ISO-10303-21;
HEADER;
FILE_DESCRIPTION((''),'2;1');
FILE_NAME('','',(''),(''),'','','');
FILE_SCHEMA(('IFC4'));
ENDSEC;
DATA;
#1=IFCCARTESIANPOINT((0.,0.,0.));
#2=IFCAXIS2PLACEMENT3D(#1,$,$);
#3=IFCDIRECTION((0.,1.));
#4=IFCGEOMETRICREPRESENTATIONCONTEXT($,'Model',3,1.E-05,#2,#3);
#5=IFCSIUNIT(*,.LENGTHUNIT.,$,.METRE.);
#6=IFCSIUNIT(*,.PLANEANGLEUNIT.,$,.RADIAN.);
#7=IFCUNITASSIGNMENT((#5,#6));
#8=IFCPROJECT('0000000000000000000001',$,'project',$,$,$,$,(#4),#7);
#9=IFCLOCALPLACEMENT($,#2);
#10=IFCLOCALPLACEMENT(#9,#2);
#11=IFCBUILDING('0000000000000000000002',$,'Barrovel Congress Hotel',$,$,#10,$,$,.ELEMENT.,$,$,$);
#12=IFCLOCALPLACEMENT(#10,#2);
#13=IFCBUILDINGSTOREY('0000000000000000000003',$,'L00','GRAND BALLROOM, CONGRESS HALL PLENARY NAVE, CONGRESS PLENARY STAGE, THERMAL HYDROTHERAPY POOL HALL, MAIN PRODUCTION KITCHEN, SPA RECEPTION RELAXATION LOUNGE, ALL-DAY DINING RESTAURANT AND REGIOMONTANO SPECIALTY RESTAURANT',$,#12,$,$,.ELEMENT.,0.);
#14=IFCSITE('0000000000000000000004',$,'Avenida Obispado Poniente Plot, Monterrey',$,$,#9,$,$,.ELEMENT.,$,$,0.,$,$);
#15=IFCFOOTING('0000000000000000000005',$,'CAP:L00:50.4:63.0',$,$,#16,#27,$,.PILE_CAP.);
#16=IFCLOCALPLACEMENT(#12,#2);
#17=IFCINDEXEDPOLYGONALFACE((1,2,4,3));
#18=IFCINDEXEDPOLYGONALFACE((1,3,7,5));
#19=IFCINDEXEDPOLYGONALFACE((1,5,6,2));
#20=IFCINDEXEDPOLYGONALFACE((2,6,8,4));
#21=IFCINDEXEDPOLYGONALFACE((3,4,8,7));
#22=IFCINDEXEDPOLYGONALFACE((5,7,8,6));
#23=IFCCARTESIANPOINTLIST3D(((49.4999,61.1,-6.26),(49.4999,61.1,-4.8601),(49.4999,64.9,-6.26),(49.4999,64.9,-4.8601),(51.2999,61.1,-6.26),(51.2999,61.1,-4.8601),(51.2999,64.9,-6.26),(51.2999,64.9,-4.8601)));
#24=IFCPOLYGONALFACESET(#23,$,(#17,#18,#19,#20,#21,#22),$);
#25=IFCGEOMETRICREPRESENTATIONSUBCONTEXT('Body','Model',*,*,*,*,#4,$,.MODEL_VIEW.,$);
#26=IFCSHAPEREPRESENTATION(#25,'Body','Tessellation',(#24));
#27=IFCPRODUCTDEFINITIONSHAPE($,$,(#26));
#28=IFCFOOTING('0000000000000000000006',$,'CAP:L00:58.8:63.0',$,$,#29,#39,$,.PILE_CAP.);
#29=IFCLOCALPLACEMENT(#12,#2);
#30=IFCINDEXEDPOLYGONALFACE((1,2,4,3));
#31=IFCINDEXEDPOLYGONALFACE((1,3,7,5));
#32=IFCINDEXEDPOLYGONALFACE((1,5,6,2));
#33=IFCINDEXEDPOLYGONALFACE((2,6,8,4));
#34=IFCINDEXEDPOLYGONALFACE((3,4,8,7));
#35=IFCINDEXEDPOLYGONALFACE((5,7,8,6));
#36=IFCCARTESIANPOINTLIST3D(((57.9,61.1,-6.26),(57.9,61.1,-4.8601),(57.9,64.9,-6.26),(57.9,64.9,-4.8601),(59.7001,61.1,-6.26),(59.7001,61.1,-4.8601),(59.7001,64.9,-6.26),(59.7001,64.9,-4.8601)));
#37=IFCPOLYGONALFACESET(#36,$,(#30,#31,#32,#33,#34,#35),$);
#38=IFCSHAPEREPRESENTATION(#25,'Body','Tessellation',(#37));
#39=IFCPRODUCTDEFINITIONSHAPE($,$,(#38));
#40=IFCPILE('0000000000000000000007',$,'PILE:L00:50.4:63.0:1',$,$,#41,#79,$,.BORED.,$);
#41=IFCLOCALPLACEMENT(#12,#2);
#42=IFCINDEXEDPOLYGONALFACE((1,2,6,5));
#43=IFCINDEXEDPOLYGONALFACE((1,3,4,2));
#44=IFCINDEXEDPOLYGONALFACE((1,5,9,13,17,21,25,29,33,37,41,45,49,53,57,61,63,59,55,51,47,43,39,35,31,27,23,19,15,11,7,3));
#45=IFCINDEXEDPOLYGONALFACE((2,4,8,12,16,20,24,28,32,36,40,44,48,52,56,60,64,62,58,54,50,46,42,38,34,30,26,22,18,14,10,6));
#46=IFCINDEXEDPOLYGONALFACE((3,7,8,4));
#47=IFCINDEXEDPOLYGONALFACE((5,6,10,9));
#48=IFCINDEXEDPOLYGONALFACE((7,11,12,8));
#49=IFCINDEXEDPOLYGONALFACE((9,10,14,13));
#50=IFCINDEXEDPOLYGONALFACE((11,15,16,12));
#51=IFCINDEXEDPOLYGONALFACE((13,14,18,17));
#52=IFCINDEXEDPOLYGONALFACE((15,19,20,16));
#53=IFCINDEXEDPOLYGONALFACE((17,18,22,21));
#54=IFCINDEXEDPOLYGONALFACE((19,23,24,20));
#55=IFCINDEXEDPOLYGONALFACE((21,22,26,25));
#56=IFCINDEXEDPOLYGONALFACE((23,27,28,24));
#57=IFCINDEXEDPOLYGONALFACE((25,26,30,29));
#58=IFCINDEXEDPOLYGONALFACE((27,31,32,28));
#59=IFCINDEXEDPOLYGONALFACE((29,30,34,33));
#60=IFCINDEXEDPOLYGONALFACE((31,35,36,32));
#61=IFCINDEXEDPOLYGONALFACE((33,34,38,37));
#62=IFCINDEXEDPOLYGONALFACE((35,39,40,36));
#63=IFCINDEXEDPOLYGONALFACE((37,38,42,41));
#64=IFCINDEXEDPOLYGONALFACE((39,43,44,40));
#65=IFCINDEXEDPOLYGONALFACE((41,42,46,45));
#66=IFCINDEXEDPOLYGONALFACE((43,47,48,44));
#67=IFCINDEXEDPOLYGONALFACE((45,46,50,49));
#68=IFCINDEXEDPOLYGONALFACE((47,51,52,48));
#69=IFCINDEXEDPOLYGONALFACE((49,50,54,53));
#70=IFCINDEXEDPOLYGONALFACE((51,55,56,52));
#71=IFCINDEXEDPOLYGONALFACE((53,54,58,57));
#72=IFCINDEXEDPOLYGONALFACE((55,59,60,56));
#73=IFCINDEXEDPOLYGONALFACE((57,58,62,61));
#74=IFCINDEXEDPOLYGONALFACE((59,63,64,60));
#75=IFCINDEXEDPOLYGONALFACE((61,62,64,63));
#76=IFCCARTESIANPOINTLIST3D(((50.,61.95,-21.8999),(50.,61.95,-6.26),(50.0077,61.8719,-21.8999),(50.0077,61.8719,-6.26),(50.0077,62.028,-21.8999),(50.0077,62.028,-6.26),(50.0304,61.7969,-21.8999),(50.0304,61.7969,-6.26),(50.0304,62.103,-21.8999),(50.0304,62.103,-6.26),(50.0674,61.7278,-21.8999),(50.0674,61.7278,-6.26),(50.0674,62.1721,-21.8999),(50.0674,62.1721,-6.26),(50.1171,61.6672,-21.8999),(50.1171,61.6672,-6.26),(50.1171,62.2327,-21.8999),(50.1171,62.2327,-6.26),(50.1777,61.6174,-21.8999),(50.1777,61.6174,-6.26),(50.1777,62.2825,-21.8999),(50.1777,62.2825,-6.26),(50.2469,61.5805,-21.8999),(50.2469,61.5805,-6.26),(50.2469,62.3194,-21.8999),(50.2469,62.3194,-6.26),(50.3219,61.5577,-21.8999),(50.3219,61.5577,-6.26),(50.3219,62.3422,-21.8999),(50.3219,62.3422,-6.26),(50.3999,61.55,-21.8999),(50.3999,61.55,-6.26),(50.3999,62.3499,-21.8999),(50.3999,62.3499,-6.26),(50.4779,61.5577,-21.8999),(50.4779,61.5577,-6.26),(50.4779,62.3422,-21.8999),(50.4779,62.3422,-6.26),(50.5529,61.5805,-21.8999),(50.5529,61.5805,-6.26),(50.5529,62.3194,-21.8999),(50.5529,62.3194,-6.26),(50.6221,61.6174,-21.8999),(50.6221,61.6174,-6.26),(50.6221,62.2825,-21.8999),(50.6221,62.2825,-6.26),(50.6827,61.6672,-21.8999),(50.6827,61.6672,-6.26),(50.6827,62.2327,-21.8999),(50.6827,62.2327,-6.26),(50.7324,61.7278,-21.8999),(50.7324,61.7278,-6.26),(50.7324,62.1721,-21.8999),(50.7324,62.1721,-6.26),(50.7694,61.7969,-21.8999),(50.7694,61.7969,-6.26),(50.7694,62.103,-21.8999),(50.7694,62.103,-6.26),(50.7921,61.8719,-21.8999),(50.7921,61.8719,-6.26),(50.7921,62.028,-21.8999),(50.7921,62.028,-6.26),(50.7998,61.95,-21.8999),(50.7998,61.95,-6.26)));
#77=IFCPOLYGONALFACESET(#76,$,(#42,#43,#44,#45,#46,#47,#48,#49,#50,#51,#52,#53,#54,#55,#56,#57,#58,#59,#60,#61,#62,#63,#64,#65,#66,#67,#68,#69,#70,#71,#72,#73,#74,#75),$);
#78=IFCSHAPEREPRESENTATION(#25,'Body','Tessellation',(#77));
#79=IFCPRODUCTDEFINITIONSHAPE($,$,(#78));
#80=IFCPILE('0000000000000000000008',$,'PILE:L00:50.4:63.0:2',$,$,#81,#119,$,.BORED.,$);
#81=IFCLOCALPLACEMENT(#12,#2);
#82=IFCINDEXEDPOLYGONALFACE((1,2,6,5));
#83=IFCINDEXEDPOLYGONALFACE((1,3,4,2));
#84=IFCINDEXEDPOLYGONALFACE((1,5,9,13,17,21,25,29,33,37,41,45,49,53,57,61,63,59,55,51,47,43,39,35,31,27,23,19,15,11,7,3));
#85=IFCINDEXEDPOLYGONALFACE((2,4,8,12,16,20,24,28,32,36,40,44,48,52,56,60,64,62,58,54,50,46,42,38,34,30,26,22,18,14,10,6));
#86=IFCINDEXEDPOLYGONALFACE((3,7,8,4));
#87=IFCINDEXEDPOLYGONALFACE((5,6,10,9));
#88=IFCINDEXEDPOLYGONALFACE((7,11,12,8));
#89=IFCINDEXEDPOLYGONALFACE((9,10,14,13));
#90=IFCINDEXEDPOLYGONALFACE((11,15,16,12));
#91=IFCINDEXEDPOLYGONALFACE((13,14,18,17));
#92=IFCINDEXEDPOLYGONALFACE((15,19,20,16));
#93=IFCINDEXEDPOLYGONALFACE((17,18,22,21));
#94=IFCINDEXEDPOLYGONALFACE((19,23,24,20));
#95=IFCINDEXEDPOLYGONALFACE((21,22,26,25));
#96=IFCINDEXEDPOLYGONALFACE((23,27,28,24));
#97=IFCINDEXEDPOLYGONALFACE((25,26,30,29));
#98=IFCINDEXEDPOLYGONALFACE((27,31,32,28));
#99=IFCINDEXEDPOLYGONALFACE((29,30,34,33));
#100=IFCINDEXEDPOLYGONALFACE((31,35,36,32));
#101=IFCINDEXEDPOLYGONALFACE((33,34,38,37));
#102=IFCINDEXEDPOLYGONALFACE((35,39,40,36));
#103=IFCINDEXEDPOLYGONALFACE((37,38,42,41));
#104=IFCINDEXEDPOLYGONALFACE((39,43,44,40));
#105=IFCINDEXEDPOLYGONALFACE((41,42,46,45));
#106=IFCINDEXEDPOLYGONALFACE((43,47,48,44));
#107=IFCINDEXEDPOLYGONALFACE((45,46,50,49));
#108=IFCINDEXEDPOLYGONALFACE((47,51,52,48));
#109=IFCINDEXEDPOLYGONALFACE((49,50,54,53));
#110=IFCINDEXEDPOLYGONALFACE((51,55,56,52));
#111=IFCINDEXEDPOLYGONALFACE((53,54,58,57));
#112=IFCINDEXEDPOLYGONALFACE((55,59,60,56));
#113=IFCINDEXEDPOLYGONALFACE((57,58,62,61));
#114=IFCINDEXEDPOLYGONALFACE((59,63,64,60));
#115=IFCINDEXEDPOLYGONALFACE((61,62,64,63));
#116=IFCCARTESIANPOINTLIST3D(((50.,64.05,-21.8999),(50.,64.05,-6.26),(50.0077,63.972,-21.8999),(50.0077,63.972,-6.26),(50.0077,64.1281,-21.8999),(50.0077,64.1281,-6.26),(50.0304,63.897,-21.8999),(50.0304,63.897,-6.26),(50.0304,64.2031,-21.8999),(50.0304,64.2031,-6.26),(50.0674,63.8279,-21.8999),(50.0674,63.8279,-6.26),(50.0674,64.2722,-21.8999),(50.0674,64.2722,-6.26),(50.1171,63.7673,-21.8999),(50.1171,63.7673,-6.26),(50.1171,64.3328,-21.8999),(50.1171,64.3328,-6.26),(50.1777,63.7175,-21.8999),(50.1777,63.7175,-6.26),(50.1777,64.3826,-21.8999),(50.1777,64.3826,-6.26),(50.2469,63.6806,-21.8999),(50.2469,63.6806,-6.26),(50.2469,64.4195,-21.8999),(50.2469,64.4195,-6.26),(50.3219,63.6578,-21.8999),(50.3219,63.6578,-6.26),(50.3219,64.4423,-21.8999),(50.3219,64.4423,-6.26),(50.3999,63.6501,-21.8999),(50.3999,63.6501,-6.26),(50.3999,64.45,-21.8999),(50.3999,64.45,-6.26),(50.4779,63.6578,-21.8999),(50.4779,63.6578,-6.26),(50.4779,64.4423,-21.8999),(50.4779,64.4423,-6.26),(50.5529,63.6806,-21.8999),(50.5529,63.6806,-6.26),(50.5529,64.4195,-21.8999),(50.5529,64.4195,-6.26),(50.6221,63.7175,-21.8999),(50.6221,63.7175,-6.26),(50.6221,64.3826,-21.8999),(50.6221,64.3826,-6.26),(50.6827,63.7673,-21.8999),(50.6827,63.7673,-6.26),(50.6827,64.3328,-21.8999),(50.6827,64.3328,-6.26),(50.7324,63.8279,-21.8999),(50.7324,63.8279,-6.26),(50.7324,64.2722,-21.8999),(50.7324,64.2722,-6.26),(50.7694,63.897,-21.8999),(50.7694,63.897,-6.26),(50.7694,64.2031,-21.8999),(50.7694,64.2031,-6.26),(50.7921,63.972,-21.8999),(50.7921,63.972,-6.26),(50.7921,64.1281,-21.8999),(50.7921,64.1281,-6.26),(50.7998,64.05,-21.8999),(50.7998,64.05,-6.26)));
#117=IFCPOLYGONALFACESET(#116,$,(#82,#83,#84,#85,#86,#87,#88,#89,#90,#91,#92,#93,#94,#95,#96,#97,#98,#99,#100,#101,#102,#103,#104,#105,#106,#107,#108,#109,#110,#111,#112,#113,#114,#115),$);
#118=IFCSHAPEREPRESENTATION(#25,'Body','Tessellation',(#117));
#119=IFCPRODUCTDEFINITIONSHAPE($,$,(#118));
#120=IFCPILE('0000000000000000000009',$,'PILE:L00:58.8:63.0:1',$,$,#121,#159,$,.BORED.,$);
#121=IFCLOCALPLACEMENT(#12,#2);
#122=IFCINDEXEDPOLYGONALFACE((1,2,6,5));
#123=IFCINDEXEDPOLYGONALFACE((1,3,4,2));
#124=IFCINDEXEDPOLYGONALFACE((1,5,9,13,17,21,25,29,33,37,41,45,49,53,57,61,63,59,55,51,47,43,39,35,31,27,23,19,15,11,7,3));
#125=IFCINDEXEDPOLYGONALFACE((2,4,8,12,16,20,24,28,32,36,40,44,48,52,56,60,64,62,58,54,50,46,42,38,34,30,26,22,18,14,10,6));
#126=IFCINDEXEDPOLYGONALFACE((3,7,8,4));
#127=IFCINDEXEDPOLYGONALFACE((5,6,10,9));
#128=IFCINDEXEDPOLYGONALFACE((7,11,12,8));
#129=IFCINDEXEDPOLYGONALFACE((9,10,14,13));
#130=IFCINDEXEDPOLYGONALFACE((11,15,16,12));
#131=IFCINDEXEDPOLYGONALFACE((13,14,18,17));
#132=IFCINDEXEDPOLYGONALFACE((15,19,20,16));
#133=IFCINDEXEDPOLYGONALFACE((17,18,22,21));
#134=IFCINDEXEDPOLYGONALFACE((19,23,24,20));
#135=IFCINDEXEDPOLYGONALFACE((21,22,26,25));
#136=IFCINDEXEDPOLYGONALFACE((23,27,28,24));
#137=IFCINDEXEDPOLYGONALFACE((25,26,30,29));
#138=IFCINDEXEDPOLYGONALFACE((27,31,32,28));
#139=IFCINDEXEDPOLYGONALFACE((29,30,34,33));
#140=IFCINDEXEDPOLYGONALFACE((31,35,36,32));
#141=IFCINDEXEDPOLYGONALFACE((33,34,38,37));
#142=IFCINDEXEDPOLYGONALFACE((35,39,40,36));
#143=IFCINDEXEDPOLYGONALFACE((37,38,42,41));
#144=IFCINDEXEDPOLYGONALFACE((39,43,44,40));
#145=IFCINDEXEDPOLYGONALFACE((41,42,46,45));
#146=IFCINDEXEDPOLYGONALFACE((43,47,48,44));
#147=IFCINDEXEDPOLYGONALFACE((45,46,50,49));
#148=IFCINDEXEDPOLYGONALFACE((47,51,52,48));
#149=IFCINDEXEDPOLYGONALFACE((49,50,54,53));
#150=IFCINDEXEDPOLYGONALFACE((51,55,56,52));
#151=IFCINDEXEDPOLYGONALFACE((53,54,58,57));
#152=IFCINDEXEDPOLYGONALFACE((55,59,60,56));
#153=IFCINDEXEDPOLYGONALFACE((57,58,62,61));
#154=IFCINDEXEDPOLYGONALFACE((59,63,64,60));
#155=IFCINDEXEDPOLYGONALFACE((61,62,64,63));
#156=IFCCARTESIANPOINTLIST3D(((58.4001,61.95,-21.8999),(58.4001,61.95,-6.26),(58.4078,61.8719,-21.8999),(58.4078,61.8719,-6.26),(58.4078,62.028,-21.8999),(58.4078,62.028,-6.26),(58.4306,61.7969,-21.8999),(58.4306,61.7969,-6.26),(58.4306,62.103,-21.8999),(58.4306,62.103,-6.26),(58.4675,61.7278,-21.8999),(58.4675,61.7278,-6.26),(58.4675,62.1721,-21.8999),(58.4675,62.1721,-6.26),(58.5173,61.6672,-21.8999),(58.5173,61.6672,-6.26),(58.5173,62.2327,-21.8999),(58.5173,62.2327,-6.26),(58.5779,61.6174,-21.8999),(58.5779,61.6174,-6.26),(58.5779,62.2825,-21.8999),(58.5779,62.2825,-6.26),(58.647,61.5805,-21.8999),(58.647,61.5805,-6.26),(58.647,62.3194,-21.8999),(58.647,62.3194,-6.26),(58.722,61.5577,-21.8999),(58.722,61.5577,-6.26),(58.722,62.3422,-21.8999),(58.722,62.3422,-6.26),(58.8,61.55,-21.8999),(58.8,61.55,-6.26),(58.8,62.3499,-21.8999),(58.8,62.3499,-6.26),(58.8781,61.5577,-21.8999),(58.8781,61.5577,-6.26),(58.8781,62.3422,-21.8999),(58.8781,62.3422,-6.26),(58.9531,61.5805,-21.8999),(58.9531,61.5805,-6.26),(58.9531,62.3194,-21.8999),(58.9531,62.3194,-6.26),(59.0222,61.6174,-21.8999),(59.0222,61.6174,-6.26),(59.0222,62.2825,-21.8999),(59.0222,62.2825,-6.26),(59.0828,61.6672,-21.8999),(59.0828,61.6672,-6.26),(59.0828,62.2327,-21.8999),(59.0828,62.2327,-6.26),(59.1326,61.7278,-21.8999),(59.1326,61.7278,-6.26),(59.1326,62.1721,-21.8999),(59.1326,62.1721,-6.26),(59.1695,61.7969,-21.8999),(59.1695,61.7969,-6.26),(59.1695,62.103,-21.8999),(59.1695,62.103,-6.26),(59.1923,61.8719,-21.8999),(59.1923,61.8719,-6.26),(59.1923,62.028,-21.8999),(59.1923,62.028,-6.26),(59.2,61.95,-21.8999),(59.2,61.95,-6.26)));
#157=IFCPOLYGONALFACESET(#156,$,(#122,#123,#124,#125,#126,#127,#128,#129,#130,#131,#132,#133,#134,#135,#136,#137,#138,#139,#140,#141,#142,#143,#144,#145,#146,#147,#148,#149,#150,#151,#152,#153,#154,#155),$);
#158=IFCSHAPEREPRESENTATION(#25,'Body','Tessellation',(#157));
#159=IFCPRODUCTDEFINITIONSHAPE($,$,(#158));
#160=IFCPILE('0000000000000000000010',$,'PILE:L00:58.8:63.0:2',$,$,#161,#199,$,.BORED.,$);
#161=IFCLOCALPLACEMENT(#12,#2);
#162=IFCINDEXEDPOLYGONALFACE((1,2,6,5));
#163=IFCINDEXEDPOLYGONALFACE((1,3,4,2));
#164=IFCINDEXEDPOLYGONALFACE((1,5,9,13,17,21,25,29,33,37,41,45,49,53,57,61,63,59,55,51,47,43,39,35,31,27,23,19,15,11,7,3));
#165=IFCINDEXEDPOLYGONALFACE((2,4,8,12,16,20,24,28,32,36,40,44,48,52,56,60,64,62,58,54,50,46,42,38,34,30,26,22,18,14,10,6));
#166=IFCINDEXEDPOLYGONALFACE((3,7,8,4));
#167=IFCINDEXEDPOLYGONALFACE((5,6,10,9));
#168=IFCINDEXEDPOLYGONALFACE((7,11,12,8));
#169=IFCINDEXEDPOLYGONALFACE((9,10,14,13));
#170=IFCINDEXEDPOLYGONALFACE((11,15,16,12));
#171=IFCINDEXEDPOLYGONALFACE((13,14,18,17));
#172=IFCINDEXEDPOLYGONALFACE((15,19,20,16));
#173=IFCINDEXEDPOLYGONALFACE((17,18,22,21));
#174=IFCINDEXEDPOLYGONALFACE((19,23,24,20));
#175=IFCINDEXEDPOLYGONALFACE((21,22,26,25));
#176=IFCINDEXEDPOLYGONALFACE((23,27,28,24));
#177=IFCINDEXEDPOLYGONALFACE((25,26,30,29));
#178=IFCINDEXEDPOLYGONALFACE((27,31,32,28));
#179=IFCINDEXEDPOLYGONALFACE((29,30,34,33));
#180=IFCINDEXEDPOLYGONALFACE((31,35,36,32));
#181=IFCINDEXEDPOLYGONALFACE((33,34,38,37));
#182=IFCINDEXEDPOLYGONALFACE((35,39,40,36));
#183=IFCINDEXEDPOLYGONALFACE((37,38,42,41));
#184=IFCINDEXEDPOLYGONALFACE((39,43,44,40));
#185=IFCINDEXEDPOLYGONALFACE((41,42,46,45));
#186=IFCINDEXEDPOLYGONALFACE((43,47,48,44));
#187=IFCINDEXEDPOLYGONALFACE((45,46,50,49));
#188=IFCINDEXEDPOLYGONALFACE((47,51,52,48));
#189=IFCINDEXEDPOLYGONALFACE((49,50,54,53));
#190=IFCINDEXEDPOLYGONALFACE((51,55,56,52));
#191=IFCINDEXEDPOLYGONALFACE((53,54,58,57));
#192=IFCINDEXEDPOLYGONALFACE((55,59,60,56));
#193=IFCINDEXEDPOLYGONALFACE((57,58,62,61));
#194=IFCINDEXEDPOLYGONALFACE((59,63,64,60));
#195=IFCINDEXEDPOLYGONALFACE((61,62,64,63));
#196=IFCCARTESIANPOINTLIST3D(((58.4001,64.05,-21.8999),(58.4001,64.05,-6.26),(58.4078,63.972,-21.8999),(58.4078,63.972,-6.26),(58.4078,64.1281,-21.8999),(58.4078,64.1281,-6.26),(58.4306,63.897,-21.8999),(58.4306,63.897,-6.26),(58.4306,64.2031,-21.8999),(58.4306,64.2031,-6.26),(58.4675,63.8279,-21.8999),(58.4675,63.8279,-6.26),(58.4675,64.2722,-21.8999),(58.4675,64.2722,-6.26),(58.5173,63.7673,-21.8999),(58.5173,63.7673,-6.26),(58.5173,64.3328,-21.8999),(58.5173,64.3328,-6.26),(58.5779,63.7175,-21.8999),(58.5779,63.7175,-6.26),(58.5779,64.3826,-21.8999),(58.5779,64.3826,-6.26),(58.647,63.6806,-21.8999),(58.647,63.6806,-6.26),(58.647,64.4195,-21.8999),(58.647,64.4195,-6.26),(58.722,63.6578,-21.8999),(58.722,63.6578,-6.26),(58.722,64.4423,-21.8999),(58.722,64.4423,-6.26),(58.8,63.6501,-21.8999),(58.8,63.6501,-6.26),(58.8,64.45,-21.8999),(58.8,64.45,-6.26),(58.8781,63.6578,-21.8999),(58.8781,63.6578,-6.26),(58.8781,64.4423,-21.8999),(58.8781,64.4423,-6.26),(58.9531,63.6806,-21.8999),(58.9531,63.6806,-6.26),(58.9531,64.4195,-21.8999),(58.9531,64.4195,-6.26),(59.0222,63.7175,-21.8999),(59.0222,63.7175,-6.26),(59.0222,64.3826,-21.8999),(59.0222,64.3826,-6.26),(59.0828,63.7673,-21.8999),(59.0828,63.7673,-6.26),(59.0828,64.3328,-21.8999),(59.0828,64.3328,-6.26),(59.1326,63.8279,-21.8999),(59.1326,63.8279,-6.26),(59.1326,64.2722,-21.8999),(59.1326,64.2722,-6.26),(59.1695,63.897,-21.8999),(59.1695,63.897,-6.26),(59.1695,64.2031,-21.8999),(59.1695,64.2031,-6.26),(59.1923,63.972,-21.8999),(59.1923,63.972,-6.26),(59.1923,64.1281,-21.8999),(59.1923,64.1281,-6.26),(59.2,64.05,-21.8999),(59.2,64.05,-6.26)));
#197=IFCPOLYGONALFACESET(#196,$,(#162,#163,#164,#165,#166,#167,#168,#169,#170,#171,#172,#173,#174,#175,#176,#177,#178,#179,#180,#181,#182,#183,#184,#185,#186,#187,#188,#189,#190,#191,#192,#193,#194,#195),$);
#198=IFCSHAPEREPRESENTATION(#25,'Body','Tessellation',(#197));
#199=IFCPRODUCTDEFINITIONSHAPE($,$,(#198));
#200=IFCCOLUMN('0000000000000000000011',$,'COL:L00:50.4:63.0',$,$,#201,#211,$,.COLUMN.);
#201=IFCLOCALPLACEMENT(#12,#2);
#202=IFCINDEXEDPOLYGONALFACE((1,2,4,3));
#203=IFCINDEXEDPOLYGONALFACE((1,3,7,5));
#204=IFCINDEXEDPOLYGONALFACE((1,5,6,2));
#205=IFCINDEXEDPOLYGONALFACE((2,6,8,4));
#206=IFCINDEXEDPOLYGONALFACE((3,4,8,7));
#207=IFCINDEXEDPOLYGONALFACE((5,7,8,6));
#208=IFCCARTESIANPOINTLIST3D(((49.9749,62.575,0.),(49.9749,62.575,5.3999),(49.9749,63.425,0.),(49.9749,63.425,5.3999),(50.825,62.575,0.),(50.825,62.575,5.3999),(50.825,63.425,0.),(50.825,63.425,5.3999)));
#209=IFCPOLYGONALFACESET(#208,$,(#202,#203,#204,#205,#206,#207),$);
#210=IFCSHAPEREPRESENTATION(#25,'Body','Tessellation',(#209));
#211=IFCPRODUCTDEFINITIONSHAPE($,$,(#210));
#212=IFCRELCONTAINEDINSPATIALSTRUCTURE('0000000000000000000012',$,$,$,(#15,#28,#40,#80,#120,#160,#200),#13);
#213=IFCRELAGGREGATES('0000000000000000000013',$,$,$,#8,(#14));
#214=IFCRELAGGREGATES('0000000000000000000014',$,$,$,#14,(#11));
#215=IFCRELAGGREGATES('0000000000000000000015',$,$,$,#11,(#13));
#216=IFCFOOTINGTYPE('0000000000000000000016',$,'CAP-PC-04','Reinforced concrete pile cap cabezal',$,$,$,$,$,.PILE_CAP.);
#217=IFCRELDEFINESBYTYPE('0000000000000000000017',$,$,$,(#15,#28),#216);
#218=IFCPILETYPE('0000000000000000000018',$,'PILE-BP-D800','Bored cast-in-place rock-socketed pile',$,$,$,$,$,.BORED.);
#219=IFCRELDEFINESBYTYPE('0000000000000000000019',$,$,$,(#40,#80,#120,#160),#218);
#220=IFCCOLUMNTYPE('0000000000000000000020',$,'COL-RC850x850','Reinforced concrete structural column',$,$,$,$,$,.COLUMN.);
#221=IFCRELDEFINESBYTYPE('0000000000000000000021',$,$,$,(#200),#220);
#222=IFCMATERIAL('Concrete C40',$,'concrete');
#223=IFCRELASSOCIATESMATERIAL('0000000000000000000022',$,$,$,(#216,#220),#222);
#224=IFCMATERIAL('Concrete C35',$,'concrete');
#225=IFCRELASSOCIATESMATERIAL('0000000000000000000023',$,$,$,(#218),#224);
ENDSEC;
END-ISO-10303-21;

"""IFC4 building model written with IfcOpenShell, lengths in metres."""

from ifc_helpers import new_model, si_unit, direction, frame, origin, origin_2d, place, context, subcontext, project, spatial, rectangle, circle, extrude, material, material_profile, profile_set, type_object, element, save


model = new_model("IFC4")

# Units and contexts
model_context = context("Model", 3, precision=1e-05, world=origin(), true_north=direction((0.0, 1.0)))
body_context = subcontext(model_context, "Body", "Model", "MODEL_VIEW")
ifc_project = project(units=[si_unit("LENGTHUNIT", "METRE"), si_unit("PLANEANGLEUNIT", "RADIAN")], contexts=[model_context])

# Site, building, storey
site_placement = place(None, origin())
site = spatial("IfcSite", under=ifc_project, at=site_placement, Name="Avenida Obispado Poniente Plot, Monterrey", CompositionType="ELEMENT", RefElevation=0.0)
building_placement = place(site_placement, origin())
building = spatial("IfcBuilding", under=site, at=building_placement, Name="Barrovel Congress Hotel", CompositionType="ELEMENT")
storey_placement = place(building_placement, origin())
storey = spatial("IfcBuildingStorey", under=building, at=storey_placement, Name="L00", Description="GRAND BALLROOM, CONGRESS HALL PLENARY NAVE, CONGRESS PLENARY STAGE, THERMAL HYDROTHERAPY POOL HALL, MAIN PRODUCTION KITCHEN, SPA RECEPTION RELAXATION LOUNGE, ALL-DAY DINING RESTAURANT AND REGIOMONTANO SPECIALTY RESTAURANT", CompositionType="ELEMENT", Elevation=0.0)

# Footings
ifc_material_1 = material(Name="Concrete C40", Category="concrete")
footing_type = type_object("IfcFootingType", Name="CAP-PC-04", Description="Reinforced concrete pile cap cabezal", PredefinedType="PILE_CAP", material=ifc_material_1)
for number, where, z_axis, x_axis, name in (
    (1, (50.3999, 63.0, -6.26), (0.0, 0.0, 1.0), (1.0, 0.0, 0.0), "CAP:L00:50.4:63.0"),
    (2, (58.8, 63.0, -6.26), (0.0, 0.0, 1.0), (1.0, 0.0, 0.0), "CAP:L00:58.8:63.0"),
):
    element("IfcFooting", number, at=place(storey_placement, frame(where, z_axis=z_axis, x_axis=x_axis)), inside=storey, type_object=footing_type, Name=name, PredefinedType="PILE_CAP", context=body_context, shape_type="SweptSolid", body=[
        extrude(rectangle(XDim=1.8, YDim=3.8, at=origin_2d()), origin(), (0.0, 0.0, 1.0), 1.3999),
    ])

# Piles
ifc_material_2 = material(Name="Concrete C35", Category="concrete")
ifc_material_profile_1 = material_profile(ifc_material_2, circle(Radius=0.3999, at=origin_2d()), Name="BP-D800")
ifc_profile_set_1 = profile_set([ifc_material_profile_1], Name="Concrete C35")
pile_type = type_object("IfcPileType", Name="PILE-BP-D800", Description="Bored cast-in-place rock-socketed pile", PredefinedType="BORED", material=ifc_profile_set_1)
for number, where, z_axis, x_axis, name in (
    (3, (50.3999, 61.95, -6.26), (0.0, 0.0, -1.0), (1.0, 0.0, 0.0), "PILE:L00:50.4:63.0:1"),
    (4, (50.3999, 64.05, -6.26), (0.0, 0.0, -1.0), (1.0, 0.0, 0.0), "PILE:L00:50.4:63.0:2"),
    (5, (58.8, 61.95, -6.26), (0.0, 0.0, -1.0), (1.0, 0.0, 0.0), "PILE:L00:58.8:63.0:1"),
    (6, (58.8, 64.05, -6.26), (0.0, 0.0, -1.0), (1.0, 0.0, 0.0), "PILE:L00:58.8:63.0:2"),
):
    element("IfcPile", number, at=place(storey_placement, frame(where, z_axis=z_axis, x_axis=x_axis)), inside=storey, type_object=pile_type, Name=name, PredefinedType="BORED", context=body_context, shape_type="SweptSolid", body=[
        extrude(circle(Radius=0.3999, at=origin_2d()), origin(), (0.0, 0.0, 1.0), 15.6399),
    ])

# Column
ifc_material_profile_2 = material_profile(ifc_material_1, rectangle(XDim=0.8501, YDim=0.8501, at=origin_2d()), Name="RC850x850")
ifc_profile_set_2 = profile_set([ifc_material_profile_2], Name="Concrete C40")
column_type = type_object("IfcColumnType", Name="COL-RC850x850", Description="Reinforced concrete structural column", PredefinedType="COLUMN", material=ifc_profile_set_2)
for number, where, z_axis, x_axis, name in (
    (7, (50.3999, 63.0, 0.0), (0.0, 0.0, 1.0), (1.0, 0.0, 0.0), "COL:L00:50.4:63.0"),
):
    element("IfcColumn", number, at=place(storey_placement, frame(where, z_axis=z_axis, x_axis=x_axis)), inside=storey, type_object=column_type, Name=name, PredefinedType="COLUMN", context=body_context, shape_type="SweptSolid", body=[
        extrude(rectangle(XDim=0.8501, YDim=0.8501, at=origin_2d()), origin(), (0.0, 0.0, 1.0), 5.3999),
    ])

save(model, "model.ifc")
